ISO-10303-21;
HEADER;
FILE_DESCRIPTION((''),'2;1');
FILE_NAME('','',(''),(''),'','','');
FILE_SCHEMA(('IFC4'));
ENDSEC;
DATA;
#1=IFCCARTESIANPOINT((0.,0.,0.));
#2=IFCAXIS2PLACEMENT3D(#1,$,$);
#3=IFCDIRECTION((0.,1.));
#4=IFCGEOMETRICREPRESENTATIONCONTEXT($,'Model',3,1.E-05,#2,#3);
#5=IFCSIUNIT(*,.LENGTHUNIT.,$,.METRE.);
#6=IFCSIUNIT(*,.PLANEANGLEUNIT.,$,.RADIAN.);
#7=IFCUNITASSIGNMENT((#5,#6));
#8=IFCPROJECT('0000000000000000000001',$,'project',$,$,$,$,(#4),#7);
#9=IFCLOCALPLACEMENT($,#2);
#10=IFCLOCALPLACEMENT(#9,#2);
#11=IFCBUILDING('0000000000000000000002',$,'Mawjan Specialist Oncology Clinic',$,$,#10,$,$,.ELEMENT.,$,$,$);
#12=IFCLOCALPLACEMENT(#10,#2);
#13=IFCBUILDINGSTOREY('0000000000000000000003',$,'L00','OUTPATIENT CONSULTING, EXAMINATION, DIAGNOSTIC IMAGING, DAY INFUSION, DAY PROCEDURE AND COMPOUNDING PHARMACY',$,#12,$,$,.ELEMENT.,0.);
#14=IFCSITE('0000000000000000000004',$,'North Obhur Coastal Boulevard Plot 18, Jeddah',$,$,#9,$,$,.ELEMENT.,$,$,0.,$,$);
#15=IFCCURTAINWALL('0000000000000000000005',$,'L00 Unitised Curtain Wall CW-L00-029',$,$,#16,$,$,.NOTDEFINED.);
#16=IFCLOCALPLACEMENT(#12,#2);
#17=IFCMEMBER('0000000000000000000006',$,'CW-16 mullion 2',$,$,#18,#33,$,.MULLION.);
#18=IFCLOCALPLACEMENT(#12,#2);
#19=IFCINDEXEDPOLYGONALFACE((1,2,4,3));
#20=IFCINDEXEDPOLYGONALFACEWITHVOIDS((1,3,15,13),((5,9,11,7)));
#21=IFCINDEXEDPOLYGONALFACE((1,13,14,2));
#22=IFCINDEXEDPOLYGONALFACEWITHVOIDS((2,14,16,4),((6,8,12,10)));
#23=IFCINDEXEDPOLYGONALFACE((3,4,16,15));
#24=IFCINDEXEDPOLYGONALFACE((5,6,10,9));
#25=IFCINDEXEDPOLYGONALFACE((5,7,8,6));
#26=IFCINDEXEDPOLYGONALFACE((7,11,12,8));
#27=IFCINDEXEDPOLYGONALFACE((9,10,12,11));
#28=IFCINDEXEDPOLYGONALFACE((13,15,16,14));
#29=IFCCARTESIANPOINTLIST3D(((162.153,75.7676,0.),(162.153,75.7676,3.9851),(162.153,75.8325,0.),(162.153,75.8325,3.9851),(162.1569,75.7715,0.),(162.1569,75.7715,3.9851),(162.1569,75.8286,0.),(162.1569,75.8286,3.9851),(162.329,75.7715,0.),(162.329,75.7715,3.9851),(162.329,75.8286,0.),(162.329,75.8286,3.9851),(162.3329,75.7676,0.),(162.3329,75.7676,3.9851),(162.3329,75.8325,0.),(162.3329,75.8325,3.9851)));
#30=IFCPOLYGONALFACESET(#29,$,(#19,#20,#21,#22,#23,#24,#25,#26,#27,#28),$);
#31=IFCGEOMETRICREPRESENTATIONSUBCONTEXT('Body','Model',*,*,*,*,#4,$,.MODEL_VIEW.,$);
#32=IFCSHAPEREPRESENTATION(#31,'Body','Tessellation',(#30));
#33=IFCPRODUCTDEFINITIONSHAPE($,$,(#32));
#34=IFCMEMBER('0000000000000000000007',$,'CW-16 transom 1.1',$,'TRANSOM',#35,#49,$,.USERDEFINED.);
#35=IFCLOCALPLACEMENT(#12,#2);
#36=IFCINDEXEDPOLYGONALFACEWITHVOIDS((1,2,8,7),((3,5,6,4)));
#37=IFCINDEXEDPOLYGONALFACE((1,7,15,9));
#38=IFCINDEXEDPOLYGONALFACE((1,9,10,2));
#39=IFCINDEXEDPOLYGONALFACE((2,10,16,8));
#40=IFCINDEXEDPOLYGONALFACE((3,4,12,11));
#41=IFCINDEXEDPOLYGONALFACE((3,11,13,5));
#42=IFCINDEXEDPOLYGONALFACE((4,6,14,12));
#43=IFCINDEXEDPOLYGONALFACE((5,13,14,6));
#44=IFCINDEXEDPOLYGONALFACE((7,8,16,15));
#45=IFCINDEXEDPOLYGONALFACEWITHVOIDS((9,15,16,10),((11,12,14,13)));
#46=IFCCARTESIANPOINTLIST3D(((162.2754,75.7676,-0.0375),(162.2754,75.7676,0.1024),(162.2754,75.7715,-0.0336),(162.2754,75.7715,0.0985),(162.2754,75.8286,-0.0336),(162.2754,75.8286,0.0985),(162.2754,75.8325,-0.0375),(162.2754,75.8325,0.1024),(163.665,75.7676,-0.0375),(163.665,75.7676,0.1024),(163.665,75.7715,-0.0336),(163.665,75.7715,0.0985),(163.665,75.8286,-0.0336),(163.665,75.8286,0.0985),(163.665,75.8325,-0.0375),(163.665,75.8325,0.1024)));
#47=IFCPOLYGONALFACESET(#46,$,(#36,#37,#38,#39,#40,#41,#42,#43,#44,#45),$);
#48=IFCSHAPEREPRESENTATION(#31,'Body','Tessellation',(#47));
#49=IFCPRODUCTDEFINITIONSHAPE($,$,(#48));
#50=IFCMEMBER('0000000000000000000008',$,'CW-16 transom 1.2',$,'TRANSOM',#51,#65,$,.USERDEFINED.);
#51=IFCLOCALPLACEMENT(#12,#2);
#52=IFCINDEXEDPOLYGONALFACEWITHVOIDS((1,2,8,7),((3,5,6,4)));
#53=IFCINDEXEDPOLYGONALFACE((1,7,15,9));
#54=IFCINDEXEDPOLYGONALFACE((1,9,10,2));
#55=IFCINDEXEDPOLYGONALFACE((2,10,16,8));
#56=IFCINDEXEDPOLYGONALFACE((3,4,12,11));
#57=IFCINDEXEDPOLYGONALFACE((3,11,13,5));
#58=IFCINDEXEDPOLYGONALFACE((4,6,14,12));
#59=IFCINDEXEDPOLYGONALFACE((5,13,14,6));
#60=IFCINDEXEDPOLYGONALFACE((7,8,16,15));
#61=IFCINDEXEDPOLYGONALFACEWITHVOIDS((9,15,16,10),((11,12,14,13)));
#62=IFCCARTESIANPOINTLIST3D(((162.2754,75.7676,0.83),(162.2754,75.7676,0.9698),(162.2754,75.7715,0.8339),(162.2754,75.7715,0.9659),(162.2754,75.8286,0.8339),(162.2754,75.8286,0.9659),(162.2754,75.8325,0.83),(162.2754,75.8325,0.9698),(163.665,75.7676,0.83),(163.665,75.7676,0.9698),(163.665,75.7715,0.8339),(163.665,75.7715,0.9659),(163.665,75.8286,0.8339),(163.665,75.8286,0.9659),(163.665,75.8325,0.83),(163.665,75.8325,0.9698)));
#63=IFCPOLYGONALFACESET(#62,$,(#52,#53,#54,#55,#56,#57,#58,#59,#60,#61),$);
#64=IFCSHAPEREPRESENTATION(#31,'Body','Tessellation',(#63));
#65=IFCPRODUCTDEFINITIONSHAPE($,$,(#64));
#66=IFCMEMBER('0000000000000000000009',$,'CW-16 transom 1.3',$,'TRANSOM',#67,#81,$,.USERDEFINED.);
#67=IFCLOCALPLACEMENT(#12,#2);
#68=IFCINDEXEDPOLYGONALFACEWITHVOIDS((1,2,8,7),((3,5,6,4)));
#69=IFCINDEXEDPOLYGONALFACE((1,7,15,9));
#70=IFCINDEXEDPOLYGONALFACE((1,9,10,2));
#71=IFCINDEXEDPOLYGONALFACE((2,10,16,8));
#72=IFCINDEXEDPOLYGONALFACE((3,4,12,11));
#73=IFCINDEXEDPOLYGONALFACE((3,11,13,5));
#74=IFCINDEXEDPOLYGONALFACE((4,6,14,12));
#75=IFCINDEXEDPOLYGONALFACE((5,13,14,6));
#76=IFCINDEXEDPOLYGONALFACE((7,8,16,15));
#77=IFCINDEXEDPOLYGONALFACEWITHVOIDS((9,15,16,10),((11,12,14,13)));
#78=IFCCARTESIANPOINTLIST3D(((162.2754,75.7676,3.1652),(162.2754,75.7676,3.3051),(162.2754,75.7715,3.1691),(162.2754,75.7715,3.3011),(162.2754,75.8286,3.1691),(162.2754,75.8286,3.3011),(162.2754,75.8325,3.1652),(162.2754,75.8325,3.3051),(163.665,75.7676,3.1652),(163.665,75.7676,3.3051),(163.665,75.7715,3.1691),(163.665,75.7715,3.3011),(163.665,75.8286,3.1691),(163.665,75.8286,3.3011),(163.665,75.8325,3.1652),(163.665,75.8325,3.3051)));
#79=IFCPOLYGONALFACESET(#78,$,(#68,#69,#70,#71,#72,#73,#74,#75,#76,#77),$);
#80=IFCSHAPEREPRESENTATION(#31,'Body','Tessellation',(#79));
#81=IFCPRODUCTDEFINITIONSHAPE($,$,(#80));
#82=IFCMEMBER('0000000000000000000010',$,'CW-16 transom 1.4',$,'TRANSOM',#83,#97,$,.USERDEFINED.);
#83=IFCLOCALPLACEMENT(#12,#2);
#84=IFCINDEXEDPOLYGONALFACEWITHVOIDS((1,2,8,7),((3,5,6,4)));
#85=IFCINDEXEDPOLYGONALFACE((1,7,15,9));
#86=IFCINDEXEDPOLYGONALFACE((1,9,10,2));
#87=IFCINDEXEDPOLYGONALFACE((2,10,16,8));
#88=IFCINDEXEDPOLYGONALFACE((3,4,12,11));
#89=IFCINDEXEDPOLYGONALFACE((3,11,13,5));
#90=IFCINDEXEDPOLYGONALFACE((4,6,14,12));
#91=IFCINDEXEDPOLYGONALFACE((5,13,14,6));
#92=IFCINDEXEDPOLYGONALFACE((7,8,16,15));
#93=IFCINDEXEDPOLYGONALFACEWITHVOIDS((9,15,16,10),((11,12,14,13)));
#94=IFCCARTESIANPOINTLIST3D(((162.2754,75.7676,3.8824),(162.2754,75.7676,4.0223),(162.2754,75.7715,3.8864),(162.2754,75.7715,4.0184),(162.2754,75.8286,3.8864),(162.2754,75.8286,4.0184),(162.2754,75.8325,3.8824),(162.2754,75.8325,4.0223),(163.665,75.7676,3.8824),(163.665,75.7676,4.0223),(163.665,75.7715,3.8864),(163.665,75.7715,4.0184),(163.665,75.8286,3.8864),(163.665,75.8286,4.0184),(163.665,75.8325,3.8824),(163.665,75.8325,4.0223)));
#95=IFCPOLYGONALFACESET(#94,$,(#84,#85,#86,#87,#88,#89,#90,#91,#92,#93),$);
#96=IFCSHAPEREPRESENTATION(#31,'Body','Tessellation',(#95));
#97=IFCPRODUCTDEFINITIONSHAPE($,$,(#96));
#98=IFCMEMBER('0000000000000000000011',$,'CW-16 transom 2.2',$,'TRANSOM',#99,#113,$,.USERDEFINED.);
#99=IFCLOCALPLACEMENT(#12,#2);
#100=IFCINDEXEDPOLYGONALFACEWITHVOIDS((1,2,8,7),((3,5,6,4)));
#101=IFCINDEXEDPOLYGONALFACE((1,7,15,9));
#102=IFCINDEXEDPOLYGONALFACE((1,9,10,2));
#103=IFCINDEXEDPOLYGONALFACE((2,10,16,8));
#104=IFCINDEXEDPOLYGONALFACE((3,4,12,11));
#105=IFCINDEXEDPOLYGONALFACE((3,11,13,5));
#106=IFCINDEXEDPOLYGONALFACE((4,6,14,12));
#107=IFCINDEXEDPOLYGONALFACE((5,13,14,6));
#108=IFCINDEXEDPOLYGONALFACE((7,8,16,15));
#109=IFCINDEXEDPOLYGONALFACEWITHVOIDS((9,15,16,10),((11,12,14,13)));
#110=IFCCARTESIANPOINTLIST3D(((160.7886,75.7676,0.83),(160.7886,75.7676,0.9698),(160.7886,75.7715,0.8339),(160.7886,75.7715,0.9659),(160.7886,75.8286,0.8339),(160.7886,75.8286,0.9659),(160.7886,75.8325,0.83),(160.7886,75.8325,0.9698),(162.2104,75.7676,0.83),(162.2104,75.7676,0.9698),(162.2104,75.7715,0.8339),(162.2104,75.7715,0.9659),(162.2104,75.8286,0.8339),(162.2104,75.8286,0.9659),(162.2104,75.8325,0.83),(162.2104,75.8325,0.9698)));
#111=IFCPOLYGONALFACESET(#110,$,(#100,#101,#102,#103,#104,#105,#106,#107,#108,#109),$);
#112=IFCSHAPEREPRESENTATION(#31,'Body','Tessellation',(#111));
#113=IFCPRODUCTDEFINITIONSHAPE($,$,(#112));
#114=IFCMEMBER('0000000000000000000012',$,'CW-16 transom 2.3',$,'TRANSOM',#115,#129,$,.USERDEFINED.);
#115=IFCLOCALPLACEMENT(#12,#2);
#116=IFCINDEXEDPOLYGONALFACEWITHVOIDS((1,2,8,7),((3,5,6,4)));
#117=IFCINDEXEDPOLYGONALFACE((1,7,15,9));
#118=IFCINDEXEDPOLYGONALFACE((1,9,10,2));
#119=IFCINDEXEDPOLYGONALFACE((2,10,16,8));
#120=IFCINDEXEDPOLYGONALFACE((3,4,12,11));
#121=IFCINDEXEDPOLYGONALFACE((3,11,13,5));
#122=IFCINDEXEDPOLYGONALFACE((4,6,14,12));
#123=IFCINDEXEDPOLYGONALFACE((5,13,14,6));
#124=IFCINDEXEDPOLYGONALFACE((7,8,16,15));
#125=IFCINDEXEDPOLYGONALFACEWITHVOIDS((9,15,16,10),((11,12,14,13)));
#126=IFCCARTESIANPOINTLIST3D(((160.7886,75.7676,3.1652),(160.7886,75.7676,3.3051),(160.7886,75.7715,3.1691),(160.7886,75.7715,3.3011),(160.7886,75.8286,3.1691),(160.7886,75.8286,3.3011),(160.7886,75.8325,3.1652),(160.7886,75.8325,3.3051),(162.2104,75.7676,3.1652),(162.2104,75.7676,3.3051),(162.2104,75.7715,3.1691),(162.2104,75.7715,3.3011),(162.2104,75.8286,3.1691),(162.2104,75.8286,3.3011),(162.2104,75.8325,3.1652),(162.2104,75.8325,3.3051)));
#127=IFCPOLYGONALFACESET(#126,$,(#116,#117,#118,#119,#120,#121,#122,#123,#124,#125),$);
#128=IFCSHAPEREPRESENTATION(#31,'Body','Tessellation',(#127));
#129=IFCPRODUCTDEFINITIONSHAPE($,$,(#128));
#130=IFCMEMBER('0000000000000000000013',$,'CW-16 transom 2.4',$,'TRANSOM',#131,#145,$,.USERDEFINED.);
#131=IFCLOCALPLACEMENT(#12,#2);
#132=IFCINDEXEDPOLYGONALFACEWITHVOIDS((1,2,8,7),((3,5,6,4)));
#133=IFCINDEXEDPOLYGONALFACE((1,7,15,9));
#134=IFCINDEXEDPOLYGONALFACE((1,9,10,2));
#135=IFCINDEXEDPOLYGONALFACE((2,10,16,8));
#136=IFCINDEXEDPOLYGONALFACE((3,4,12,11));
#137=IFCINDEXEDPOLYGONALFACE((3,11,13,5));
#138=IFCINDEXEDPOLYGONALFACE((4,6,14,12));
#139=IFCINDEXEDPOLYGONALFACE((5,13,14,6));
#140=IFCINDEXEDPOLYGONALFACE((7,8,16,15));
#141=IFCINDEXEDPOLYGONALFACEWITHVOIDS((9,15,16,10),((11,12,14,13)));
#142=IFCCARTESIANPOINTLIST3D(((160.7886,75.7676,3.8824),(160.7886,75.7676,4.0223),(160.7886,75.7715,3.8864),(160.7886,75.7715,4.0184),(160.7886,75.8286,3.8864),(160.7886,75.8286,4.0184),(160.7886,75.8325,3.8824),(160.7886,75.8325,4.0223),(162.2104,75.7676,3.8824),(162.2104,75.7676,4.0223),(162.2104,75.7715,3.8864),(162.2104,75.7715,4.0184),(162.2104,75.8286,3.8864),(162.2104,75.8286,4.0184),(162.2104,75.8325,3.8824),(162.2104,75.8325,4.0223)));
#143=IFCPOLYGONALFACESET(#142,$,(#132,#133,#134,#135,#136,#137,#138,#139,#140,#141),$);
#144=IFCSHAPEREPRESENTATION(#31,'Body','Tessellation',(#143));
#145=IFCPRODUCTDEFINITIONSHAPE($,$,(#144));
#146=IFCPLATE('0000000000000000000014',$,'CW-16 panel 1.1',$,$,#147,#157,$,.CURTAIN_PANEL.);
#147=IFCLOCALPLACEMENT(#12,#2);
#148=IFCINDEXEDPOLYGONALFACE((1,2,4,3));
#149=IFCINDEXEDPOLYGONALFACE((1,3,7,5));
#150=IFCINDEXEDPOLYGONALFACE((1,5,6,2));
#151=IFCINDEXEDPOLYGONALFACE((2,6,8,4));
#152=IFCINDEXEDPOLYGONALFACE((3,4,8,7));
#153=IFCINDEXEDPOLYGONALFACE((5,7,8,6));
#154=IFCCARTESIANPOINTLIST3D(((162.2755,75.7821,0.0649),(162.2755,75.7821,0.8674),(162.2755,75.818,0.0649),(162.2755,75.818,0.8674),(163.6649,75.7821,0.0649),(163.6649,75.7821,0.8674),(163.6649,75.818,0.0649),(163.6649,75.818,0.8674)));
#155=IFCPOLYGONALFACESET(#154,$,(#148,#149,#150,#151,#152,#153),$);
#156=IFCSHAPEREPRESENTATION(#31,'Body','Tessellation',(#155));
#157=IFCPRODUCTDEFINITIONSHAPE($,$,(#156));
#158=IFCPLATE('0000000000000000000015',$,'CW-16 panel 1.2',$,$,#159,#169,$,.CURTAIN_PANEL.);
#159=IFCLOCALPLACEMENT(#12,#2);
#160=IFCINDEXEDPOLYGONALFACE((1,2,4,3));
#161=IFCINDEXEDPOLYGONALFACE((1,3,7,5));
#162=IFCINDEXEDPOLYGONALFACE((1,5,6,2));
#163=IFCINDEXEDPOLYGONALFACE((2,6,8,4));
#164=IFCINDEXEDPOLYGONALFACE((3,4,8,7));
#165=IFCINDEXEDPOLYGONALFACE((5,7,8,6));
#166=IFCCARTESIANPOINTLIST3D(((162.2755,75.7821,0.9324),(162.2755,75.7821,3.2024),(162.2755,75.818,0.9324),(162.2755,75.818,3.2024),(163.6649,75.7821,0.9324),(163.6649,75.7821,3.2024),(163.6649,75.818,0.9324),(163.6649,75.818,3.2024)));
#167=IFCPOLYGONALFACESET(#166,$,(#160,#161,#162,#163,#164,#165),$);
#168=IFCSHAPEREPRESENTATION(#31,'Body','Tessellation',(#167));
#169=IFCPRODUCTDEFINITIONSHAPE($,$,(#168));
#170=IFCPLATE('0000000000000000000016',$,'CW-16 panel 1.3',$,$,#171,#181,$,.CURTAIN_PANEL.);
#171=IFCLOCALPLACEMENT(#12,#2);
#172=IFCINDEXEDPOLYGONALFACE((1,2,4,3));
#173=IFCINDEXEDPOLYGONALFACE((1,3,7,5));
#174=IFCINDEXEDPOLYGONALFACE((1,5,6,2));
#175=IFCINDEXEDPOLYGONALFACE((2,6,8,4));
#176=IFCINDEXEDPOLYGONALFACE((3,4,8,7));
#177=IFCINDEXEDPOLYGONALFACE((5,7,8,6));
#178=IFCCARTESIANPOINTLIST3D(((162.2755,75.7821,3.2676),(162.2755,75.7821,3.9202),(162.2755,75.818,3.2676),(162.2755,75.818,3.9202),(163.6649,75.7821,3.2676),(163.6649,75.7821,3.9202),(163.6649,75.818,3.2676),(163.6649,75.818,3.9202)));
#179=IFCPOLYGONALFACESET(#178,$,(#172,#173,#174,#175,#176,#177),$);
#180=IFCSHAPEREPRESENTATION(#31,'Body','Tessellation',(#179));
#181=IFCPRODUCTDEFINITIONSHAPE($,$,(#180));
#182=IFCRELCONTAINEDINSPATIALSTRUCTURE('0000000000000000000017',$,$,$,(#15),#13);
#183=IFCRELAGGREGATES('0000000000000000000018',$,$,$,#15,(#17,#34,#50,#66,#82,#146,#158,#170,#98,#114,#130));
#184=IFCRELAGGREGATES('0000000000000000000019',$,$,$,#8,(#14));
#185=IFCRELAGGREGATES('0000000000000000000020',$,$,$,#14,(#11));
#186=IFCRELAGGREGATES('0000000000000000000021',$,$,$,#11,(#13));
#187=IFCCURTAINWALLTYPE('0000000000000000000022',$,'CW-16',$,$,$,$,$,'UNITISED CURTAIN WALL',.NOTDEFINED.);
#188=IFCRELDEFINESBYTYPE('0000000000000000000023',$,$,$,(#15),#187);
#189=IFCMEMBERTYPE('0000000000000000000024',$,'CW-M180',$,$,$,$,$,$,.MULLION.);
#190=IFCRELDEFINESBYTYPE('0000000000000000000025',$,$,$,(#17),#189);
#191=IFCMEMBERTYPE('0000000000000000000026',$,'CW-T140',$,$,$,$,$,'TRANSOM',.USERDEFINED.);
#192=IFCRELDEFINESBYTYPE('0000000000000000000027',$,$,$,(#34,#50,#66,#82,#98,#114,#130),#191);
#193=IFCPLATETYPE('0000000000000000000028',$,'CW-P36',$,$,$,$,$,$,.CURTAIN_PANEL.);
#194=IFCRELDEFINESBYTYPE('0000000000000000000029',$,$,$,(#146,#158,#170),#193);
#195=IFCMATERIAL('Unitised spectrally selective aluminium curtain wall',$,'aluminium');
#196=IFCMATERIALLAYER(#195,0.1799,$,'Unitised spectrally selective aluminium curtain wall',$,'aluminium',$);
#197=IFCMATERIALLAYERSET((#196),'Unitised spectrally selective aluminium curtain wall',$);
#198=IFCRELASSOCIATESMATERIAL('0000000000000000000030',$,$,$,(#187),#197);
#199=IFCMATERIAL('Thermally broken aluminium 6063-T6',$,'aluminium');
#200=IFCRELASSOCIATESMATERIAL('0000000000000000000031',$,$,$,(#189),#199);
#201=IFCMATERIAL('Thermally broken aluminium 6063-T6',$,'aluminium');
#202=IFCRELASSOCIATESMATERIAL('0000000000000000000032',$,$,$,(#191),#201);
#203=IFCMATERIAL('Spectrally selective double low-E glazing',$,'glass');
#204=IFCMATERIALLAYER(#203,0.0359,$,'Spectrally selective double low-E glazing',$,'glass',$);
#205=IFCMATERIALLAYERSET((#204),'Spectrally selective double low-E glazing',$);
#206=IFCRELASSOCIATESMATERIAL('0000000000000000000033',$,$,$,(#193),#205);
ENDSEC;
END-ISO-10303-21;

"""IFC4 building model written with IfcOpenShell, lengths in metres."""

from ifc_helpers import new_model, si_unit, direction, frame, origin, origin_2d, place, context, subcontext, project, spatial, rectangle, hollow_rectangle, extrude, material, layer, layer_set, material_profile, profile_set, type_object, element, aggregate, save


model = new_model("IFC4")

# Units and contexts
model_context = context("Model", 3, precision=1e-05, world=origin(), true_north=direction((0.0, 1.0)))
body_context = subcontext(model_context, "Body", "Model", "MODEL_VIEW")
ifc_project = project(units=[si_unit("LENGTHUNIT", "METRE"), si_unit("PLANEANGLEUNIT", "RADIAN")], contexts=[model_context])

# Site, building, storey
site_placement = place(None, origin())
site = spatial("IfcSite", under=ifc_project, at=site_placement, Name="North Obhur Coastal Boulevard Plot 18, Jeddah", CompositionType="ELEMENT", RefElevation=0.0)
building_placement = place(site_placement, origin())
building = spatial("IfcBuilding", under=site, at=building_placement, Name="Mawjan Specialist Oncology Clinic", CompositionType="ELEMENT")
storey_placement = place(building_placement, origin())
storey = spatial("IfcBuildingStorey", under=building, at=storey_placement, Name="L00", Description="OUTPATIENT CONSULTING, EXAMINATION, DIAGNOSTIC IMAGING, DAY INFUSION, DAY PROCEDURE AND COMPOUNDING PHARMACY", CompositionType="ELEMENT", Elevation=0.0)

# Curtain wall, members, plates
ifc_material_1 = material(Name="Unitised spectrally selective aluminium curtain wall", Category="aluminium")
ifc_layer_1 = layer(ifc_material_1, 0.1799, Name="Unitised spectrally selective aluminium curtain wall", Category="aluminium")
ifc_layer_set_1 = layer_set([ifc_layer_1], Name="Unitised spectrally selective aluminium curtain wall")
curtain_wall_type = type_object("IfcCurtainWallType", Name="CW-16", ElementType="UNITISED CURTAIN WALL", PredefinedType="NOTDEFINED", material=ifc_layer_set_1)
curtain_wall_placement = place(storey_placement, origin())
curtain_wall = element("IfcCurtainWall", 1, at=curtain_wall_placement, inside=storey, type_object=curtain_wall_type, Name="L00 Unitised Curtain Wall CW-L00-029", PredefinedType="NOTDEFINED")
ifc_material_2 = material(Name="Thermally broken aluminium 6063-T6", Category="aluminium")
ifc_material_profile_1 = material_profile(ifc_material_2, hollow_rectangle(XDim=0.0649, YDim=0.1799, WallThickness=0.0039, at=origin_2d()), Name="ALU MULLION 180x65x4", Category="aluminium")
ifc_profile_set_1 = profile_set([ifc_material_profile_1], Name="Thermally broken aluminium 6063-T6")
member_type_1 = type_object("IfcMemberType", Name="CW-M180", PredefinedType="MULLION", material=ifc_profile_set_1)
member_1_placement = place(storey_placement, frame((162.2429, 75.8, 0.0), z_axis=(0.0, 0.0, 1.0), x_axis=(0.0, -1.0, 0.0)))
member_1 = element("IfcMember", 2, at=member_1_placement, type_object=member_type_1, Name="CW-16 mullion 2", PredefinedType="MULLION", context=body_context, shape_type="SweptSolid", body=[
    extrude(hollow_rectangle(XDim=0.0649, YDim=0.1799, WallThickness=0.0039, at=origin_2d()), origin(), (0.0, 0.0, 1.0), 3.9851),
])
ifc_material_3 = material(Name="Thermally broken aluminium 6063-T6", Category="aluminium")
ifc_material_profile_2 = material_profile(ifc_material_3, hollow_rectangle(XDim=0.0649, YDim=0.1399, WallThickness=0.0039, at=origin_2d()), Name="ALU TRANSOM 140x65x4", Category="aluminium")
ifc_profile_set_2 = profile_set([ifc_material_profile_2], Name="Thermally broken aluminium 6063-T6")
member_type_2 = type_object("IfcMemberType", Name="CW-T140", ElementType="TRANSOM", PredefinedType="USERDEFINED", material=ifc_profile_set_2)
member_2_placement = place(storey_placement, frame((163.665, 75.8, 0.0325), z_axis=(-1.0, 0.0, 0.0), x_axis=(0.0, -1.0, 0.0)))
member_2 = element("IfcMember", 3, at=member_2_placement, type_object=member_type_2, Name="CW-16 transom 1.1", ObjectType="TRANSOM", PredefinedType="USERDEFINED", context=body_context, shape_type="SweptSolid", body=[
    extrude(hollow_rectangle(XDim=0.0649, YDim=0.1399, WallThickness=0.0039, at=origin_2d()), origin(), (0.0, 0.0, 1.0), 1.3896),
])
member_3_placement = place(storey_placement, frame((163.665, 75.8, 0.8999), z_axis=(-1.0, 0.0, 0.0), x_axis=(0.0, -1.0, 0.0)))
member_3 = element("IfcMember", 4, at=member_3_placement, type_object=member_type_2, Name="CW-16 transom 1.2", ObjectType="TRANSOM", PredefinedType="USERDEFINED", context=body_context, shape_type="SweptSolid", body=[
    extrude(hollow_rectangle(XDim=0.0649, YDim=0.1399, WallThickness=0.0039, at=origin_2d()), origin(), (0.0, 0.0, 1.0), 1.3896),
])
member_4_placement = place(storey_placement, frame((163.665, 75.8, 3.2351), z_axis=(-1.0, 0.0, 0.0), x_axis=(0.0, -1.0, 0.0)))
member_4 = element("IfcMember", 5, at=member_4_placement, type_object=member_type_2, Name="CW-16 transom 1.3", ObjectType="TRANSOM", PredefinedType="USERDEFINED", context=body_context, shape_type="SweptSolid", body=[
    extrude(hollow_rectangle(XDim=0.0649, YDim=0.1399, WallThickness=0.0039, at=origin_2d()), origin(), (0.0, 0.0, 1.0), 1.3896),
])
member_5_placement = place(storey_placement, frame((163.665, 75.8, 3.9524), z_axis=(-1.0, 0.0, 0.0), x_axis=(0.0, -1.0, 0.0)))
member_5 = element("IfcMember", 6, at=member_5_placement, type_object=member_type_2, Name="CW-16 transom 1.4", ObjectType="TRANSOM", PredefinedType="USERDEFINED", context=body_context, shape_type="SweptSolid", body=[
    extrude(hollow_rectangle(XDim=0.0649, YDim=0.1399, WallThickness=0.0039, at=origin_2d()), origin(), (0.0, 0.0, 1.0), 1.3896),
])
member_6_placement = place(storey_placement, frame((162.2104, 75.8, 0.8999), z_axis=(-1.0, 0.0, 0.0), x_axis=(0.0, -1.0, 0.0)))
member_6 = element("IfcMember", 7, at=member_6_placement, type_object=member_type_2, Name="CW-16 transom 2.2", ObjectType="TRANSOM", PredefinedType="USERDEFINED", context=body_context, shape_type="SweptSolid", body=[
    extrude(hollow_rectangle(XDim=0.0649, YDim=0.1399, WallThickness=0.0039, at=origin_2d()), origin(), (0.0, 0.0, 1.0), 1.4219),
])
member_7_placement = place(storey_placement, frame((162.2104, 75.8, 3.2351), z_axis=(-1.0, 0.0, 0.0), x_axis=(0.0, -1.0, 0.0)))
member_7 = element("IfcMember", 8, at=member_7_placement, type_object=member_type_2, Name="CW-16 transom 2.3", ObjectType="TRANSOM", PredefinedType="USERDEFINED", context=body_context, shape_type="SweptSolid", body=[
    extrude(hollow_rectangle(XDim=0.0649, YDim=0.1399, WallThickness=0.0039, at=origin_2d()), origin(), (0.0, 0.0, 1.0), 1.4219),
])
member_8_placement = place(storey_placement, frame((162.2104, 75.8, 3.9524), z_axis=(-1.0, 0.0, 0.0), x_axis=(0.0, -1.0, 0.0)))
member_8 = element("IfcMember", 9, at=member_8_placement, type_object=member_type_2, Name="CW-16 transom 2.4", ObjectType="TRANSOM", PredefinedType="USERDEFINED", context=body_context, shape_type="SweptSolid", body=[
    extrude(hollow_rectangle(XDim=0.0649, YDim=0.1399, WallThickness=0.0039, at=origin_2d()), origin(), (0.0, 0.0, 1.0), 1.4219),
])
ifc_material_4 = material(Name="Spectrally selective double low-E glazing", Category="glass")
ifc_layer_2 = layer(ifc_material_4, 0.0359, Name="Spectrally selective double low-E glazing", Category="glass")
ifc_layer_set_2 = layer_set([ifc_layer_2], Name="Spectrally selective double low-E glazing")
plate_type = type_object("IfcPlateType", Name="CW-P36", PredefinedType="CURTAIN_PANEL", material=ifc_layer_set_2)
plate_1_placement = place(storey_placement, frame((162.9702, 75.8, 0.0649), z_axis=(0.0, 0.0, 1.0), x_axis=(-1.0, 0.0, 0.0)))
plate_1 = element("IfcPlate", 10, at=plate_1_placement, type_object=plate_type, Name="CW-16 panel 1.1", PredefinedType="CURTAIN_PANEL", context=body_context, shape_type="SweptSolid", body=[
    extrude(rectangle(XDim=1.3894, YDim=0.0359, at=origin_2d()), origin(), (0.0, 0.0, 1.0), 0.8025),
])
plate_2_placement = place(storey_placement, frame((162.9702, 75.8, 0.9324), z_axis=(0.0, 0.0, 1.0), x_axis=(-1.0, 0.0, 0.0)))
plate_2 = element("IfcPlate", 11, at=plate_2_placement, type_object=plate_type, Name="CW-16 panel 1.2", PredefinedType="CURTAIN_PANEL", context=body_context, shape_type="SweptSolid", body=[
    extrude(rectangle(XDim=1.3894, YDim=0.0359, at=origin_2d()), origin(), (0.0, 0.0, 1.0), 2.27),
])
plate_3_placement = place(storey_placement, frame((162.9702, 75.8, 3.2676), z_axis=(0.0, 0.0, 1.0), x_axis=(-1.0, 0.0, 0.0)))
plate_3 = element("IfcPlate", 12, at=plate_3_placement, type_object=plate_type, Name="CW-16 panel 1.3", PredefinedType="CURTAIN_PANEL", context=body_context, shape_type="SweptSolid", body=[
    extrude(rectangle(XDim=1.3894, YDim=0.0359, at=origin_2d()), origin(), (0.0, 0.0, 1.0), 0.6526),
])
aggregate(curtain_wall, [member_1, member_2, member_3, member_4, member_5, plate_1, plate_2, plate_3, member_6, member_7, member_8])

save(model, "model.ifc")
